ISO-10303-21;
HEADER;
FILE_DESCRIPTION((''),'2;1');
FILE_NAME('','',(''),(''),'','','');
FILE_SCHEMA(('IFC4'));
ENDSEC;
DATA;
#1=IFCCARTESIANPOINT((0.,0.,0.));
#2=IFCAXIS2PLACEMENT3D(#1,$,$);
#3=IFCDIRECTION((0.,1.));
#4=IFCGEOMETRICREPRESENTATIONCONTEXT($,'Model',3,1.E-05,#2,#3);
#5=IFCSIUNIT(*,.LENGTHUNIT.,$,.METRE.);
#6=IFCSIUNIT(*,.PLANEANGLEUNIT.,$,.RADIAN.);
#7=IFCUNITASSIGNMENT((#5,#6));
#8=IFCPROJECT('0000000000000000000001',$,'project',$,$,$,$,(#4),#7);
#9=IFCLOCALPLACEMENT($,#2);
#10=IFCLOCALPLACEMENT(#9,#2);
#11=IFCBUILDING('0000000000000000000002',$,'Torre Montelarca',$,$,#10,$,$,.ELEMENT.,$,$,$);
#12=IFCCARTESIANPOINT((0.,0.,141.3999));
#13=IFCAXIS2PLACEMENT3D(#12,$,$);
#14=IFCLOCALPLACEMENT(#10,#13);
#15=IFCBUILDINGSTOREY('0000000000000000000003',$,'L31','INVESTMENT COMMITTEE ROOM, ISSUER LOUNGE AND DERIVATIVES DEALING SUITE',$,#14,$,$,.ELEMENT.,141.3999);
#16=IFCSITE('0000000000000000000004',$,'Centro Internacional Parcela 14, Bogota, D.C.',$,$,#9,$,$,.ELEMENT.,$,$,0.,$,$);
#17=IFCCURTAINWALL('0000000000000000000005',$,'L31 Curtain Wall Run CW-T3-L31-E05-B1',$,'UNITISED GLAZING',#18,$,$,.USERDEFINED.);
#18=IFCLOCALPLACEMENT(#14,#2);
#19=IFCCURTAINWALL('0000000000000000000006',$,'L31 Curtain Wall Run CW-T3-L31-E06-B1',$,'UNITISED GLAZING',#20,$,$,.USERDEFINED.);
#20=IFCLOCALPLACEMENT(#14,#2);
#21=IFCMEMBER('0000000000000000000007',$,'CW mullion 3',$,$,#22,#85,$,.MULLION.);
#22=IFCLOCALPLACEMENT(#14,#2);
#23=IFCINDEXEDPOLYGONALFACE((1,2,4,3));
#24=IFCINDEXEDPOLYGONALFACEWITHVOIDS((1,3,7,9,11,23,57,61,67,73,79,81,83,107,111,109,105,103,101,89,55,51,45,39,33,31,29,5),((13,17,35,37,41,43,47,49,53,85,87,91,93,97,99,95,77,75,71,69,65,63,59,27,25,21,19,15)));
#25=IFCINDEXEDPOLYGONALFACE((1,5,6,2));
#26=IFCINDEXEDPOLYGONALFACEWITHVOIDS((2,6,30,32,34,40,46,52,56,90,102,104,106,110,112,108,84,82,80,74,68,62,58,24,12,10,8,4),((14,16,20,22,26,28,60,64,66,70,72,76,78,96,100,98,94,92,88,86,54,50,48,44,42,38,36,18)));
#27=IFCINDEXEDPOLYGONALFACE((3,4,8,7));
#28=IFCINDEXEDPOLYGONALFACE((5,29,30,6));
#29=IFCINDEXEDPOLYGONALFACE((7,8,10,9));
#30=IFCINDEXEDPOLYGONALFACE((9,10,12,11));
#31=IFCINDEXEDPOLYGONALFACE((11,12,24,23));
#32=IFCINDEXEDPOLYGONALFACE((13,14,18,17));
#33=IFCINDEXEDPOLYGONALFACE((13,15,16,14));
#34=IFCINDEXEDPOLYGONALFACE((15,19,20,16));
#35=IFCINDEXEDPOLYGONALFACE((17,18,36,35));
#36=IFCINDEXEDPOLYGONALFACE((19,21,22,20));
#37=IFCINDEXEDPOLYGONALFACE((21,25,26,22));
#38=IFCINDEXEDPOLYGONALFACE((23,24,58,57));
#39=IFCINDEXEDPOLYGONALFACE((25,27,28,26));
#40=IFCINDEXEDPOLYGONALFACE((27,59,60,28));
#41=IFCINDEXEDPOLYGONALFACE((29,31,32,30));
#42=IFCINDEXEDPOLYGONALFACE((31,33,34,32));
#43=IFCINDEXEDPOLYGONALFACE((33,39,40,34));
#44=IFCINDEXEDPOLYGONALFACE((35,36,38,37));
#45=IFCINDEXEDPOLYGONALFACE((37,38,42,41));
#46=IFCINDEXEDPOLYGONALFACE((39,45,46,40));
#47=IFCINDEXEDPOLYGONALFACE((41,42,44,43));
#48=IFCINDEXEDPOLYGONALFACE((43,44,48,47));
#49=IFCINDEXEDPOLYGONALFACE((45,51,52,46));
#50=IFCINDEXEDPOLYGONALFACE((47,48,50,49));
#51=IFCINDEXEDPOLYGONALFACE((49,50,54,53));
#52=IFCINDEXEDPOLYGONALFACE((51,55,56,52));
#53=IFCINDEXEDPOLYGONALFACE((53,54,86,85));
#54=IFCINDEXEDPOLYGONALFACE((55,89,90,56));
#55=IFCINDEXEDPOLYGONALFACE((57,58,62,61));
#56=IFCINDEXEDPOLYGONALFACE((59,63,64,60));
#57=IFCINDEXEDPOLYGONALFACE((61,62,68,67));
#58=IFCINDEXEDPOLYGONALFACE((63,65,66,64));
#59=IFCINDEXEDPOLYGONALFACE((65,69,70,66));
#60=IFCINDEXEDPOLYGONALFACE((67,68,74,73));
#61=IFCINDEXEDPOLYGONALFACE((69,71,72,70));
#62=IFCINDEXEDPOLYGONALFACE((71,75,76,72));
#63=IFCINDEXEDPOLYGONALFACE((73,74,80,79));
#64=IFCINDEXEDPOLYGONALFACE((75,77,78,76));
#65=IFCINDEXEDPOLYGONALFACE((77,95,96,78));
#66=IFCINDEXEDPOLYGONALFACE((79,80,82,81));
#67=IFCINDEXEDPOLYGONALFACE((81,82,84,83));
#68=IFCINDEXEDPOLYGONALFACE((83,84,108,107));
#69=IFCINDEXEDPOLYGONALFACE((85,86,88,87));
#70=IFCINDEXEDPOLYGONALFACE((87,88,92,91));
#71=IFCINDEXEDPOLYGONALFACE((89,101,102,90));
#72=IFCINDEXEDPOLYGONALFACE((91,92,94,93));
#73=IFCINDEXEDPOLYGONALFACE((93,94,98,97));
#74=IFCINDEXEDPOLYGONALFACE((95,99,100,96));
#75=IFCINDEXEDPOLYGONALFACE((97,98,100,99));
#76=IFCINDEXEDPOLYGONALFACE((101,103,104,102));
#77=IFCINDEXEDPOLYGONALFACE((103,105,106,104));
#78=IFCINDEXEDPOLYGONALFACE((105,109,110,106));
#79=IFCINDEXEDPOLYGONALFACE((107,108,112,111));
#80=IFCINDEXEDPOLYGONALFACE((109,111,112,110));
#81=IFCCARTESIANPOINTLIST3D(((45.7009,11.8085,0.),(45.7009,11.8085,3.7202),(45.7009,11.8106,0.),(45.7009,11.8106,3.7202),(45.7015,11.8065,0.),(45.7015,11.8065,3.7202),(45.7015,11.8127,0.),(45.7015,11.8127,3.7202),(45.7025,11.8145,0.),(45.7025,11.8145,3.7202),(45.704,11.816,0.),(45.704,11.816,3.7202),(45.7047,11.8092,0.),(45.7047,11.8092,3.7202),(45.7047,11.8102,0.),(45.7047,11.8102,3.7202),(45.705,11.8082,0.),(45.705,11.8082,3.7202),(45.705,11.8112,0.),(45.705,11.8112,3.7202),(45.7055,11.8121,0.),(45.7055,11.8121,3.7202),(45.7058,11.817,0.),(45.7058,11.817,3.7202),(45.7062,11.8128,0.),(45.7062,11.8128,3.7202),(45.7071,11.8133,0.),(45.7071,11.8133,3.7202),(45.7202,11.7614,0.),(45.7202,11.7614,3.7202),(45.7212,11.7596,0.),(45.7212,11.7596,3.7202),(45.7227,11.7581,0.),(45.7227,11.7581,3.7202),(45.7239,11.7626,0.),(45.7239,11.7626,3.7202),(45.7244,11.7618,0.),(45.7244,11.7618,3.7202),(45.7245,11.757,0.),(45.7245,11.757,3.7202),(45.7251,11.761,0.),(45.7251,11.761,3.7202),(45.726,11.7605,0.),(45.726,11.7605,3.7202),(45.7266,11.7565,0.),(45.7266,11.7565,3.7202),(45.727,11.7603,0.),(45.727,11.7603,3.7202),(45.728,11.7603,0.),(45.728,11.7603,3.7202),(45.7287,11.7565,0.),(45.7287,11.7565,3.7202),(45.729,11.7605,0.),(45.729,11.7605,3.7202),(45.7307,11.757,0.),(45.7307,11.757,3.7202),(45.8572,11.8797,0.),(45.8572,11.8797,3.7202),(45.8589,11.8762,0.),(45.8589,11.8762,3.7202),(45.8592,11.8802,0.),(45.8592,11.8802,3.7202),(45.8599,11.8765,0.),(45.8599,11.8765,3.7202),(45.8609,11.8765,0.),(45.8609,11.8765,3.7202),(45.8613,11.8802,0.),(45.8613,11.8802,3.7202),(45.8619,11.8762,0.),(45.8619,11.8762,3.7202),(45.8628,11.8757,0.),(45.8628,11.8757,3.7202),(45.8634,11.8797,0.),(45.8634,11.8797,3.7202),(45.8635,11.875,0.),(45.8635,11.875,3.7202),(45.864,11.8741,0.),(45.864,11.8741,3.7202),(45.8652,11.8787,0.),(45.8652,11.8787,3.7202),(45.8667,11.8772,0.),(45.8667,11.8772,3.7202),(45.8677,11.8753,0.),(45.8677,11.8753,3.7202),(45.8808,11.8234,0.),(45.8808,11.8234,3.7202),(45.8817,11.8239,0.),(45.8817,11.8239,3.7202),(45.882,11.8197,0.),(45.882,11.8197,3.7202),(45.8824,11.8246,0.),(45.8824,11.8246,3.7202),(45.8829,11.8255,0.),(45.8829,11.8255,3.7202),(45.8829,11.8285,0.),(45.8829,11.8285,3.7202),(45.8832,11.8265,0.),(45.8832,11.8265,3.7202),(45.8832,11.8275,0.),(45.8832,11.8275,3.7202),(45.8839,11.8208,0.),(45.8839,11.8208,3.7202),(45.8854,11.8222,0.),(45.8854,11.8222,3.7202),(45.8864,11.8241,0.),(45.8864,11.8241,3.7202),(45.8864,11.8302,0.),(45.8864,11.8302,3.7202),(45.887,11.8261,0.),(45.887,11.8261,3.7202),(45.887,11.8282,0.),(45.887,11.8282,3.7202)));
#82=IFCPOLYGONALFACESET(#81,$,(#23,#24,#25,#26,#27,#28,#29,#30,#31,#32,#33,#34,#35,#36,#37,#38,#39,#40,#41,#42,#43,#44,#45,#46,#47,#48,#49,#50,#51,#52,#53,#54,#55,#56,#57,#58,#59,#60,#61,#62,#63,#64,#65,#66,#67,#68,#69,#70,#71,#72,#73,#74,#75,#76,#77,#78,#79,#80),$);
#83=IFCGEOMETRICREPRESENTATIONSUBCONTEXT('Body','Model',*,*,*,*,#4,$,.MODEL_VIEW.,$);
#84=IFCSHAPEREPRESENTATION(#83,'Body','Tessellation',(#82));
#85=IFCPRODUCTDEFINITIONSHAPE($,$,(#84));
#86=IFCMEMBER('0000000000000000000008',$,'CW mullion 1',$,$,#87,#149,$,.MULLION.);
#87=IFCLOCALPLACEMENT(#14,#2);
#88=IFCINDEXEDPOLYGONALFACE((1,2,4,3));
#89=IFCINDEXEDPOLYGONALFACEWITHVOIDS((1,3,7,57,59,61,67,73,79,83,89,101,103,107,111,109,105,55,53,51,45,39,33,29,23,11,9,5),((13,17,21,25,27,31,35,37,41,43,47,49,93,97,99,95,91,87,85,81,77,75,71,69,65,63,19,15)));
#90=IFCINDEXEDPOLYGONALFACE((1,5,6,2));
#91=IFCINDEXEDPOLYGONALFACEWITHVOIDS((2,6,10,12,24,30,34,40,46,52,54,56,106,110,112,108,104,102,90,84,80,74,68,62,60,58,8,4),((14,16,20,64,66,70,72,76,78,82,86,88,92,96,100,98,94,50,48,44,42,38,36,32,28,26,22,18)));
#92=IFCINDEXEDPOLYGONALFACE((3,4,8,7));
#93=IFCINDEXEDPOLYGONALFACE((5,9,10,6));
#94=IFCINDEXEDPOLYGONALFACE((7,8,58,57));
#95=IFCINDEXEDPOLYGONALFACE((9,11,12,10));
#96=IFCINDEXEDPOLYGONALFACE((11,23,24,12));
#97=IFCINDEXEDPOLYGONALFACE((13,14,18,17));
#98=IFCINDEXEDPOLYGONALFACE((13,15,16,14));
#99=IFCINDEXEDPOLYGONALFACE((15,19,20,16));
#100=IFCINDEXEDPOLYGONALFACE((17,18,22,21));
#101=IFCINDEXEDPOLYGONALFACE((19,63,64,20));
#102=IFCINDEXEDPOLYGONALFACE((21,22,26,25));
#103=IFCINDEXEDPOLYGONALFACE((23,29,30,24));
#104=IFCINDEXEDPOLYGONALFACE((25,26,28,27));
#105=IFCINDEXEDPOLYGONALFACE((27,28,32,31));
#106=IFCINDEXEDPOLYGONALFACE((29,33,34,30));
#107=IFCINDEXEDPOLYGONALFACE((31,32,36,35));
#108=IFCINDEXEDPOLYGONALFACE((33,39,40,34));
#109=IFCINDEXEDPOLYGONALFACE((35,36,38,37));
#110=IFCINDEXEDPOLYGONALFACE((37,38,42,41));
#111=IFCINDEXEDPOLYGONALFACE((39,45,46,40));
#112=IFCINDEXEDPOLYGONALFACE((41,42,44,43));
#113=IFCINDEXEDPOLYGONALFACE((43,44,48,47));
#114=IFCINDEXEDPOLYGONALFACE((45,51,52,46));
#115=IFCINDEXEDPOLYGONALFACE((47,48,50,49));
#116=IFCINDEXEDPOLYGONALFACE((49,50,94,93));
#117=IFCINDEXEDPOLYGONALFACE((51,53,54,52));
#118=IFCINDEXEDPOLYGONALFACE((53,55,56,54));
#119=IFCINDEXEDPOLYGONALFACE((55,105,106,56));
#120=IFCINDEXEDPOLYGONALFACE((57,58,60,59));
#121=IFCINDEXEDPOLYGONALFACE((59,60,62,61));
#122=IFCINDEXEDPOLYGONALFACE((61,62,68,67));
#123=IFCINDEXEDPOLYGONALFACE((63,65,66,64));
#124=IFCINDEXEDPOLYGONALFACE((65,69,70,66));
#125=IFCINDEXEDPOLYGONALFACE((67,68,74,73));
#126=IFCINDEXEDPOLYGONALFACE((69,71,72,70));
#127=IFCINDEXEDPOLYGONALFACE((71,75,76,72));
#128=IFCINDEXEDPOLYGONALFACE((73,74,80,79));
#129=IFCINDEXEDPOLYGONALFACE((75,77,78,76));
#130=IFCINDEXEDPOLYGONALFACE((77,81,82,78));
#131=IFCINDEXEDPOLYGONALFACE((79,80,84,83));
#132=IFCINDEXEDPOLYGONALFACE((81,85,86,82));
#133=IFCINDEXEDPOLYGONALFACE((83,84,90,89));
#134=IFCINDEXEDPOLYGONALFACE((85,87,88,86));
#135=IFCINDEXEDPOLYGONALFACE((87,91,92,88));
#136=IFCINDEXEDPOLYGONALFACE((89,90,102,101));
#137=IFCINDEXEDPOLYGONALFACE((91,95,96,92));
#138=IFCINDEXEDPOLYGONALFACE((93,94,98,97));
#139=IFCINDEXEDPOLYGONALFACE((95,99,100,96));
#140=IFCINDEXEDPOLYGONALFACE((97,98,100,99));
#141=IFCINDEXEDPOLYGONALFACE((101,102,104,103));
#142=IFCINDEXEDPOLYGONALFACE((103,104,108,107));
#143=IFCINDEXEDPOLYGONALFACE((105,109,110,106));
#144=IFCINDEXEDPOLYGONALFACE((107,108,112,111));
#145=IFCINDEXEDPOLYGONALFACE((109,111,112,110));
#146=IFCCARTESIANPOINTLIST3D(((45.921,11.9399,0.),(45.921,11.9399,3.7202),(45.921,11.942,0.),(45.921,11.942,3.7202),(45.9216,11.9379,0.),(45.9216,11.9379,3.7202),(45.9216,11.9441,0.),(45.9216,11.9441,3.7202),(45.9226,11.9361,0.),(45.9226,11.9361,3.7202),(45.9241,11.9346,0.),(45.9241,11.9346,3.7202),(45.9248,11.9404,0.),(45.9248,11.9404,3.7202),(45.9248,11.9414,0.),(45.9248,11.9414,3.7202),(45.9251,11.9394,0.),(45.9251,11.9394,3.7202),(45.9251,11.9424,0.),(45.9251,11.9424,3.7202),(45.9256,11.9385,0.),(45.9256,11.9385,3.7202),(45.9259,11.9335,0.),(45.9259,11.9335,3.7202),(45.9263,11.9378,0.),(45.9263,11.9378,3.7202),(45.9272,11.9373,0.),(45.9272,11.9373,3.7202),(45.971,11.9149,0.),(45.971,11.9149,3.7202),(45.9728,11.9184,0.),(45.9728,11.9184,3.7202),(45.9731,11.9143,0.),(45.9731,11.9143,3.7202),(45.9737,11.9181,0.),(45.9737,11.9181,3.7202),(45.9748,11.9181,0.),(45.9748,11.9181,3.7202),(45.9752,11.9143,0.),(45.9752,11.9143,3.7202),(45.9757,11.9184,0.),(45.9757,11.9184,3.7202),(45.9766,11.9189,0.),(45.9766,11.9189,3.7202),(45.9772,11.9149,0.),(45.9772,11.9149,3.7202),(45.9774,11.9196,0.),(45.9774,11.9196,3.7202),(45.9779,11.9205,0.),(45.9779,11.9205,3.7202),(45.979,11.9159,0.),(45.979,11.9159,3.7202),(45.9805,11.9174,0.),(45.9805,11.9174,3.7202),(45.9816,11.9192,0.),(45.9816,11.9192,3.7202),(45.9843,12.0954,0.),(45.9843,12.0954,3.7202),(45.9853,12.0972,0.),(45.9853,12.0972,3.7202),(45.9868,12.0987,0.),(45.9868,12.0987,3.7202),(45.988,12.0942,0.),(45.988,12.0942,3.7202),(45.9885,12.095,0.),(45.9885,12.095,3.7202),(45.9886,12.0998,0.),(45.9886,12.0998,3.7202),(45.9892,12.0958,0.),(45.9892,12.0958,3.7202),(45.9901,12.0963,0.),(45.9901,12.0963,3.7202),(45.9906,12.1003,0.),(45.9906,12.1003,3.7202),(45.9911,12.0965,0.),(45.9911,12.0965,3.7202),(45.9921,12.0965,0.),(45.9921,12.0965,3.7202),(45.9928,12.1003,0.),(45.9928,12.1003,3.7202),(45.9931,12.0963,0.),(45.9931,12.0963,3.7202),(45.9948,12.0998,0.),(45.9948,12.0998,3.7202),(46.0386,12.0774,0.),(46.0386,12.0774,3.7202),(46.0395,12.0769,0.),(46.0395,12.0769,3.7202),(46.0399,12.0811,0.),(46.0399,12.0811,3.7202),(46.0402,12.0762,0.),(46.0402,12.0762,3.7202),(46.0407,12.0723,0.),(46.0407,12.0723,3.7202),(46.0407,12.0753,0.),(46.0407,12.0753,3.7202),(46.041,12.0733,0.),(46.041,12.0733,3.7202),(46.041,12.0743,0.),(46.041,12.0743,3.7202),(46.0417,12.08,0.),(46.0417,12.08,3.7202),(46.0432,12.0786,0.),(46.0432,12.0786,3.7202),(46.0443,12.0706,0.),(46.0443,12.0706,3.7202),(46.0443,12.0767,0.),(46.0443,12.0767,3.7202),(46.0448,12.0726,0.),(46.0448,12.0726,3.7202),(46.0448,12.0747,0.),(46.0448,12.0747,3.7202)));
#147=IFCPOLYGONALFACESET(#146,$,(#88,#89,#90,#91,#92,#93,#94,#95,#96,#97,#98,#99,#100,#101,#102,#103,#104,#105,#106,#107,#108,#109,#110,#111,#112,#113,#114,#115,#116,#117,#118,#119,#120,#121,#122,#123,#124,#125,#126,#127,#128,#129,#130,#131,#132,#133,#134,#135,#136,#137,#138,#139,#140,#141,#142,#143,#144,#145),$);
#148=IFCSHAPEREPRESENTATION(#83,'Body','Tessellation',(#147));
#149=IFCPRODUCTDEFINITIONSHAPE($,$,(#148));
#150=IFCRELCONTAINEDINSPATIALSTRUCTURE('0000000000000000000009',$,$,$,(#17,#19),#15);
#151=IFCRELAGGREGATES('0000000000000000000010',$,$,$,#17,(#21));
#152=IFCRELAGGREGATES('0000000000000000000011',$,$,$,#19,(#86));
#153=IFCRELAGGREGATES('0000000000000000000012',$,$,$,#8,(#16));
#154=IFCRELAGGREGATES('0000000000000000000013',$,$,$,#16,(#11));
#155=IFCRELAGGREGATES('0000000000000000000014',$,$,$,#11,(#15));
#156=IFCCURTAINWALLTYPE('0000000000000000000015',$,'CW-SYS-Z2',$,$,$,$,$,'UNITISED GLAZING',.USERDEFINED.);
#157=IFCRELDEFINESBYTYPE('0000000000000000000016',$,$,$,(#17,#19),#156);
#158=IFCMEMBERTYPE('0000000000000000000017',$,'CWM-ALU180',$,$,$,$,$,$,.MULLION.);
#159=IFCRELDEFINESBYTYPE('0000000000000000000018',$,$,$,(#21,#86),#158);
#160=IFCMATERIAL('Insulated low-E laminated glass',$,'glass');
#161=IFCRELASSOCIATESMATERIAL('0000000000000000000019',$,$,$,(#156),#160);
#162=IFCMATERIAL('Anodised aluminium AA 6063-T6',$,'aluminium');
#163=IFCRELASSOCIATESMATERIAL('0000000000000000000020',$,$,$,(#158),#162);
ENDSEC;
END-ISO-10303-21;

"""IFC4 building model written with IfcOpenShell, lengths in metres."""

from ifc_helpers import new_model, si_unit, direction, frame, origin, origin_2d, place, context, subcontext, project, spatial, hollow_rectangle, extrude, source, transform, mapped, material, material_profile, profile_set, type_object, element, aggregate, save


model = new_model("IFC4")

# Units and contexts
model_context = context("Model", 3, precision=1e-05, world=origin(), true_north=direction((0.0, 1.0)))
body_context = subcontext(model_context, "Body", "Model", "MODEL_VIEW")
ifc_project = project(units=[si_unit("LENGTHUNIT", "METRE"), si_unit("PLANEANGLEUNIT", "RADIAN")], contexts=[model_context])

# Site, building, storey
site_placement = place(None, origin())
site = spatial("IfcSite", under=ifc_project, at=site_placement, Name="Centro Internacional Parcela 14, Bogota, D.C.", CompositionType="ELEMENT", RefElevation=0.0)
building_placement = place(site_placement, origin())
building = spatial("IfcBuilding", under=site, at=building_placement, Name="Torre Montelarca", CompositionType="ELEMENT")
storey_placement = place(building_placement, frame((0.0, 0.0, 141.3999)))
storey = spatial("IfcBuildingStorey", under=building, at=storey_placement, Name="L31", Description="INVESTMENT COMMITTEE ROOM, ISSUER LOUNGE AND DERIVATIVES DEALING SUITE", CompositionType="ELEMENT", Elevation=141.3999)

# Curtain walls
ifc_material_1 = material(Name="Insulated low-E laminated glass", Category="glass")
curtain_wall_type = type_object("IfcCurtainWallType", Name="CW-SYS-Z2", ElementType="UNITISED GLAZING", PredefinedType="USERDEFINED", material=ifc_material_1)
curtain_wall_1_placement = place(storey_placement, origin())
curtain_wall_1 = element("IfcCurtainWall", 1, at=curtain_wall_1_placement, inside=storey, type_object=curtain_wall_type, Name="L31 Curtain Wall Run CW-T3-L31-E05-B1", ObjectType="UNITISED GLAZING", PredefinedType="USERDEFINED")
ifc_material_2 = material(Name="Anodised aluminium AA 6063-T6", Category="aluminium")
curtain_wall_2_placement = place(storey_placement, origin())
curtain_wall_2 = element("IfcCurtainWall", 2, at=curtain_wall_2_placement, inside=storey, type_object=curtain_wall_type, Name="L31 Curtain Wall Run CW-T3-L31-E06-B1", ObjectType="UNITISED GLAZING", PredefinedType="USERDEFINED")
ifc_material_profile_1 = material_profile(ifc_material_2, hollow_rectangle(XDim=0.0649, YDim=0.1799, WallThickness=0.0039, InnerFilletRadius=0.0039, OuterFilletRadius=0.0081, at=origin_2d()), Name="ALU65X180X4", Category="aluminium")
ifc_profile_set_1 = profile_set([ifc_material_profile_1], Name="Anodised aluminium AA 6063-T6")
member_type_1 = type_object("IfcMemberType", Name="CWM-ALU180", PredefinedType="MULLION", material=ifc_profile_set_1)
shared_shape_1 = source(origin(), body_context, "Body", "SweptSolid", [
    extrude(hollow_rectangle(XDim=0.0649, YDim=0.1799, WallThickness=0.0039, InnerFilletRadius=0.0039, OuterFilletRadius=0.0081, at=origin_2d()), origin(), (0.0, 0.0, 1.0), 3.7202),
])

# Members
member_1_placement = place(storey_placement, frame((45.7939, 11.8184, 0.0), z_axis=(0.0, 0.0, 1.0), x_axis=(-0.382662, 0.923889, 0.0)))
member_1 = element("IfcMember", 3, at=member_1_placement, type_object=member_type_1, Name="CW mullion 3", PredefinedType="MULLION", context=body_context, shape_type="MappedRepresentation", body=[
    mapped(shared_shape_1, transform((0.0, 0.0, 0.0), scale=1.0)),
])
member_2_placement = place(storey_placement, frame((45.9829, 12.0073, 0.0), z_axis=(0.0, 0.0, 1.0), x_axis=(-0.923881, 0.382679, 0.0)))
member_2 = element("IfcMember", 4, at=member_2_placement, type_object=member_type_1, Name="CW mullion 1", PredefinedType="MULLION", context=body_context, shape_type="MappedRepresentation", body=[
    mapped(shared_shape_1, transform((0.0, 0.0, 0.0), scale=1.0)),
])

aggregate(curtain_wall_1, [member_1])
aggregate(curtain_wall_2, [member_2])

save(model, "model.ifc")
